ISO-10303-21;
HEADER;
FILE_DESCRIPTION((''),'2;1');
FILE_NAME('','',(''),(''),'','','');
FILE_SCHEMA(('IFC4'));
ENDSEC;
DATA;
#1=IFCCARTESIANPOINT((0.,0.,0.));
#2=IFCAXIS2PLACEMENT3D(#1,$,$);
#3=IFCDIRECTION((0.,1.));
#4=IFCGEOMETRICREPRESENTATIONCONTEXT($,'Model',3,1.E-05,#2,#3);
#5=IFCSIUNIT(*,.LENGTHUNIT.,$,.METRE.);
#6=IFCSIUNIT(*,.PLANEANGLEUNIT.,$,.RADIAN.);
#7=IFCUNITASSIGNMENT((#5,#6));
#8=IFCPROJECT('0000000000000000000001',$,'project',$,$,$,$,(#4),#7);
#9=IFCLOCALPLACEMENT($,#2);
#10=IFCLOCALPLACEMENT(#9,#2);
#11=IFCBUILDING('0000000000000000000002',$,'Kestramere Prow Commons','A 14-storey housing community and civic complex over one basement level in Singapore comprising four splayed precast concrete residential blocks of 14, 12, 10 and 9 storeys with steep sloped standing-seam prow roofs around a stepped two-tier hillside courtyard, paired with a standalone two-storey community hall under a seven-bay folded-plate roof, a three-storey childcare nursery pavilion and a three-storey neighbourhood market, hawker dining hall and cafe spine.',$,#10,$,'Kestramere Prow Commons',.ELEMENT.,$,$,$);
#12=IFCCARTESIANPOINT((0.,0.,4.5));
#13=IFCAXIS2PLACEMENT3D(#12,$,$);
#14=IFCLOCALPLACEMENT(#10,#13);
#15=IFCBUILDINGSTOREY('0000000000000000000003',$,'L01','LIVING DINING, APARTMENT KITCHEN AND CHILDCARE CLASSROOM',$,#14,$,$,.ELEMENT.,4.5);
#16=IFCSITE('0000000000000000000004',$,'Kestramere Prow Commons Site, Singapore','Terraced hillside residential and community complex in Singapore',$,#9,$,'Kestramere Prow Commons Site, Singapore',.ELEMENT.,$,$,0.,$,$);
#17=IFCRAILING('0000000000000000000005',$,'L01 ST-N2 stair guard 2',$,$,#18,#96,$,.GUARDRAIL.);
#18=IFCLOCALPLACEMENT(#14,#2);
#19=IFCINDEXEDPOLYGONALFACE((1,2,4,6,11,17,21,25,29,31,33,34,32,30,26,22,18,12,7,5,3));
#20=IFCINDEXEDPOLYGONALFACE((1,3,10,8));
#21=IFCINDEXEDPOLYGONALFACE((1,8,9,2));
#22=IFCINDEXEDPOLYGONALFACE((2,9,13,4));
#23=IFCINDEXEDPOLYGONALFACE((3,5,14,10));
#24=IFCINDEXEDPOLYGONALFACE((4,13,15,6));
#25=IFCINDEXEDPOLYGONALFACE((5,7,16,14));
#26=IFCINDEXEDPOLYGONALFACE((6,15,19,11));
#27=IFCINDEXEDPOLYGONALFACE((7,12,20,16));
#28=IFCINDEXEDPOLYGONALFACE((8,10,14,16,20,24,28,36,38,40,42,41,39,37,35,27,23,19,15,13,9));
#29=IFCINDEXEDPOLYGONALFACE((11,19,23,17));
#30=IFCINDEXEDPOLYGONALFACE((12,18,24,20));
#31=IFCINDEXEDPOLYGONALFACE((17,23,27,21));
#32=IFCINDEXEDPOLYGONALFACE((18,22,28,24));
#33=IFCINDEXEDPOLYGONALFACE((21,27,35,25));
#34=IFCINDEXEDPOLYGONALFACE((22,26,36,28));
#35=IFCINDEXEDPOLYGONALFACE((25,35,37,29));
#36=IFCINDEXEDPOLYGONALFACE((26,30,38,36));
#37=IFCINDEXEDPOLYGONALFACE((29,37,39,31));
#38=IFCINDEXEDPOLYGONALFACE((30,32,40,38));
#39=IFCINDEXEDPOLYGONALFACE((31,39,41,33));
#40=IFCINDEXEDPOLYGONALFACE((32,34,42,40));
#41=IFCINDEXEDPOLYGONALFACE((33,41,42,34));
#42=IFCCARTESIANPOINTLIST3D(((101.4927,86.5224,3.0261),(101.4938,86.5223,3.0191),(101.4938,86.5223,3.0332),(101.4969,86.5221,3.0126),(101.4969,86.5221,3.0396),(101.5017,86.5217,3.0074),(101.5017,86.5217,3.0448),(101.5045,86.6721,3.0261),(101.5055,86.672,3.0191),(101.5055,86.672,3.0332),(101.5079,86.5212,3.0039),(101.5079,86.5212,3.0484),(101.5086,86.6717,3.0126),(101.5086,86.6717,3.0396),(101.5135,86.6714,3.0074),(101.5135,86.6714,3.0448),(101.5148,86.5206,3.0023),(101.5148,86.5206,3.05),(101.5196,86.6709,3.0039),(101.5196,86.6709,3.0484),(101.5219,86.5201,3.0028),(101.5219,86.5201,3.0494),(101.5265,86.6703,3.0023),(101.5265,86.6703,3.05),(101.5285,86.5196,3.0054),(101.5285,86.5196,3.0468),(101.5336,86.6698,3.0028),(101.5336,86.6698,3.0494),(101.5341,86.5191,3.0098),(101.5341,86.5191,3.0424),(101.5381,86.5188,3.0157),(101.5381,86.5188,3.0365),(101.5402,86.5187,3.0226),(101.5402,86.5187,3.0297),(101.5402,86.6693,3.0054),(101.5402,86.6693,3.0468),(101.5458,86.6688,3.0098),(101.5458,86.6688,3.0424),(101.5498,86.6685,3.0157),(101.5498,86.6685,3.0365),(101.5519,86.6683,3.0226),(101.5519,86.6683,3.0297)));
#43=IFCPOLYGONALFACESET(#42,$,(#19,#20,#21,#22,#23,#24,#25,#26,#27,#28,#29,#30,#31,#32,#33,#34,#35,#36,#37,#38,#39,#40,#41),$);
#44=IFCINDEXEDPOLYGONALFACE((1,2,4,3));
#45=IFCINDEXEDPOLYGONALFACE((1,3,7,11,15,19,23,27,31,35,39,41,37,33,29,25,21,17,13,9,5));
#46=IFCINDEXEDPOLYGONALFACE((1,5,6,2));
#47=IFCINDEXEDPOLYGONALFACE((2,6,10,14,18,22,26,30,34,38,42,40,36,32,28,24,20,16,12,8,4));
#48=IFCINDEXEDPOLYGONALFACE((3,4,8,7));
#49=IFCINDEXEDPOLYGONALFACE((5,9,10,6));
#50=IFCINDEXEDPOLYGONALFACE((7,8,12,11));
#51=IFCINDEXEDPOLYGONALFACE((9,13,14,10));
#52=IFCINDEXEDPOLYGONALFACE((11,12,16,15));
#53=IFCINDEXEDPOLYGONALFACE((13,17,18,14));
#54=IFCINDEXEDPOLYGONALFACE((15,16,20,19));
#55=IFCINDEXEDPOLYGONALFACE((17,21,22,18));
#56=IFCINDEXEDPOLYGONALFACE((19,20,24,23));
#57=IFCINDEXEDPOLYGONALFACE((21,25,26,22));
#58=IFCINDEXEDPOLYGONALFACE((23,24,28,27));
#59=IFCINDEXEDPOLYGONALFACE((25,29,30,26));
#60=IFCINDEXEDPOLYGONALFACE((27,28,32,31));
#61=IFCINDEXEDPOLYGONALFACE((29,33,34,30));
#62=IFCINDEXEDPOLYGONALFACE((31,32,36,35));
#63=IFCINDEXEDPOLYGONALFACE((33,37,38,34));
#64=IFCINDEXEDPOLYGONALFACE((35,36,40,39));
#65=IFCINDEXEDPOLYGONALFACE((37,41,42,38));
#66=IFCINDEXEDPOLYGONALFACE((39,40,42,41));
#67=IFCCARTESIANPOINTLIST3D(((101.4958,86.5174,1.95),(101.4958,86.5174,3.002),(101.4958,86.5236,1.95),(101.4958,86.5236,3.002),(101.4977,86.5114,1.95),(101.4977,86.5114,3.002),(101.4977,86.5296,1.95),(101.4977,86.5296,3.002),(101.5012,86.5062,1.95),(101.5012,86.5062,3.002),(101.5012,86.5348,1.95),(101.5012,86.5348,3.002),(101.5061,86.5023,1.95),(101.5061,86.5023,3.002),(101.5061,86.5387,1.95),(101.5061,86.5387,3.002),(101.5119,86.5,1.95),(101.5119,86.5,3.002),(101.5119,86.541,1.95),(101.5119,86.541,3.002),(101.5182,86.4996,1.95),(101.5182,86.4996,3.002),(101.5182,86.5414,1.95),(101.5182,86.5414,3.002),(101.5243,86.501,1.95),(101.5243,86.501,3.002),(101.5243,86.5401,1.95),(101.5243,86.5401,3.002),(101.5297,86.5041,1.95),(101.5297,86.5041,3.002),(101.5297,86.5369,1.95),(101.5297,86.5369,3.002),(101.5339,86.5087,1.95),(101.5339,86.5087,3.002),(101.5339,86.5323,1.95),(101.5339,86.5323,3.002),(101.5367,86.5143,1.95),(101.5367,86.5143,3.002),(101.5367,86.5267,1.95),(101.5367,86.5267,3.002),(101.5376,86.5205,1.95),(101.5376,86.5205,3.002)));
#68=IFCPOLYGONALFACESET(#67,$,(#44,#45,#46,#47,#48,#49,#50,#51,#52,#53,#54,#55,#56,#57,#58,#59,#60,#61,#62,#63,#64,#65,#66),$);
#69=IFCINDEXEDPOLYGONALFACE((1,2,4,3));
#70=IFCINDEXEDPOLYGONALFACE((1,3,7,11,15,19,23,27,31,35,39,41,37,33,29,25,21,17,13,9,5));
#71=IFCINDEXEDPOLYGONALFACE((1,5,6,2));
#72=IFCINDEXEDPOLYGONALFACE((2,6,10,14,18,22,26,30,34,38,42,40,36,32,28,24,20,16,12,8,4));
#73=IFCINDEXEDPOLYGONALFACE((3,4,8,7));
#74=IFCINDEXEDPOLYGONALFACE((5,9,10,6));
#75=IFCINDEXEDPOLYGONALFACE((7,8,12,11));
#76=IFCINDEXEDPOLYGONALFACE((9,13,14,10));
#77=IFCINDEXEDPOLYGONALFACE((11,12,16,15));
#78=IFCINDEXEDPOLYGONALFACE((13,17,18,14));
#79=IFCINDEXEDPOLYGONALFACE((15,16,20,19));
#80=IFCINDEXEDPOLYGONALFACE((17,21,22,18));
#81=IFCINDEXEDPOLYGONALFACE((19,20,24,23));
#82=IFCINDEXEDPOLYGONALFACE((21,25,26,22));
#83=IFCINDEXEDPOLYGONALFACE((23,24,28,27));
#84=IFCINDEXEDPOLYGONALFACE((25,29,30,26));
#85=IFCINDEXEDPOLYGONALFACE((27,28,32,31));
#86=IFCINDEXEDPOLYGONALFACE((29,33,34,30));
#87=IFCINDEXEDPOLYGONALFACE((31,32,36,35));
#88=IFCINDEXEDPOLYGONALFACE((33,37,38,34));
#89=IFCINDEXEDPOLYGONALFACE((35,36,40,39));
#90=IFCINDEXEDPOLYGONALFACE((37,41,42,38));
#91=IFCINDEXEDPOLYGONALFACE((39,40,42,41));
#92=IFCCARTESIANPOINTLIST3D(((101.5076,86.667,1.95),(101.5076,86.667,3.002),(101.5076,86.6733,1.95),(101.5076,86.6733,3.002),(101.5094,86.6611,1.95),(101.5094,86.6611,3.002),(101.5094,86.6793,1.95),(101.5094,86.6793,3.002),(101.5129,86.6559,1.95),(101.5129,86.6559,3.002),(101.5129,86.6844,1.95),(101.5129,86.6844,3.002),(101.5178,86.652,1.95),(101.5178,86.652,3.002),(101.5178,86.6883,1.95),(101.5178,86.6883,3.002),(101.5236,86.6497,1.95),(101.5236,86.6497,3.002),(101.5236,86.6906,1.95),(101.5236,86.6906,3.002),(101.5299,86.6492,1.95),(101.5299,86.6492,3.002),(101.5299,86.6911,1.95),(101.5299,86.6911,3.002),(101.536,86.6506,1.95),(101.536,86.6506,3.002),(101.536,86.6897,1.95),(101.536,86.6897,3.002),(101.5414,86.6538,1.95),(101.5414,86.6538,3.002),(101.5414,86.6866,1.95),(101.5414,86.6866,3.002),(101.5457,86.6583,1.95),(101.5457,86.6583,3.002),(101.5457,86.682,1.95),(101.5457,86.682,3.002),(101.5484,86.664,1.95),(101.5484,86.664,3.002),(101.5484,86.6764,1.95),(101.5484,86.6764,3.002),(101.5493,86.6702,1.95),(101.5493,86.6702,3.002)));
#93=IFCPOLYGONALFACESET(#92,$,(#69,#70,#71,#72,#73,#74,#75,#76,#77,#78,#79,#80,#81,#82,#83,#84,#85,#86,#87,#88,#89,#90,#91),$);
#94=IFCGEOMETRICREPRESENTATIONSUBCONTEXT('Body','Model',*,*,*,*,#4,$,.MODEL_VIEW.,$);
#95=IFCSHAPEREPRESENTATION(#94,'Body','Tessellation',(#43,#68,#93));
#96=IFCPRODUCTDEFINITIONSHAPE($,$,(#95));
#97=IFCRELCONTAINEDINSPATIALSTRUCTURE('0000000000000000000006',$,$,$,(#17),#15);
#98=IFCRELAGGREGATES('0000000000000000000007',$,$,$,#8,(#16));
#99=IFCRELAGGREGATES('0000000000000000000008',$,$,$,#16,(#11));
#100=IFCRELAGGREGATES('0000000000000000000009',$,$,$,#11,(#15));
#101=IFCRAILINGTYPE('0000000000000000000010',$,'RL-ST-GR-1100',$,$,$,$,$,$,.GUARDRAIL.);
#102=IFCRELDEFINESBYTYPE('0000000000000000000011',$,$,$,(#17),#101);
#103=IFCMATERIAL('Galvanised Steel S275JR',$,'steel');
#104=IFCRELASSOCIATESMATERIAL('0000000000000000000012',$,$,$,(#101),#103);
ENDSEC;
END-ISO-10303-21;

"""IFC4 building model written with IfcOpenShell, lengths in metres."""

from ifc_helpers import new_model, si_unit, direction, frame, origin, origin_2d, place, context, subcontext, project, spatial, circle, extrude, material, type_object, element, save


model = new_model("IFC4")

# Units and contexts
model_context = context("Model", 3, precision=1e-05, world=origin(), true_north=direction((0.0, 1.0)))
body_context = subcontext(model_context, "Body", "Model", "MODEL_VIEW")
ifc_project = project(units=[si_unit("LENGTHUNIT", "METRE"), si_unit("PLANEANGLEUNIT", "RADIAN")], contexts=[model_context])

# Site, building, storey
site_placement = place(None, origin())
site = spatial("IfcSite", under=ifc_project, at=site_placement, Name="Kestramere Prow Commons Site, Singapore", Description="Terraced hillside residential and community complex in Singapore", LongName="Kestramere Prow Commons Site, Singapore", CompositionType="ELEMENT", RefElevation=0.0)
building_placement = place(site_placement, origin())
building = spatial("IfcBuilding", under=site, at=building_placement, Name="Kestramere Prow Commons", Description="A 14-storey housing community and civic complex over one basement level in Singapore comprising four splayed precast concrete residential blocks of 14, 12, 10 and 9 storeys with steep sloped standing-seam prow roofs around a stepped two-tier hillside courtyard, paired with a standalone two-storey community hall under a seven-bay folded-plate roof, a three-storey childcare nursery pavilion and a three-storey neighbourhood market, hawker dining hall and cafe spine.", LongName="Kestramere Prow Commons", CompositionType="ELEMENT")
storey_placement = place(building_placement, frame((0.0, 0.0, 4.5)))
storey = spatial("IfcBuildingStorey", under=building, at=storey_placement, Name="L01", Description="LIVING DINING, APARTMENT KITCHEN AND CHILDCARE CLASSROOM", CompositionType="ELEMENT", Elevation=4.5)

# Railing
ifc_material_1 = material(Name="Galvanised Steel S275JR", Category="steel")
railing_type_1 = type_object("IfcRailingType", Name="RL-ST-GR-1100", PredefinedType="GUARDRAIL", material=ifc_material_1)
railing_1_placement = place(storey_placement, frame((101.5166, 86.5205, 1.95)))
element("IfcRailing", 1, at=railing_1_placement, inside=storey, type_object=railing_type_1, Name="L01 ST-N2 stair guard 2", PredefinedType="GUARDRAIL", context=body_context, shape_type="SweptSolid", body=[
    extrude(circle(Radius=0.0239, at=origin_2d()), frame((0.0, 0.0, 1.0762), z_axis=(0.078064, 0.996948, 0.0), x_axis=(-0.996948, 0.078064, 0.0)), (0.0, 0.0, 1.0), 0.1501),
    extrude(circle(Radius=0.021, at=origin_2d()), origin(), (0.0, 0.0, 1.0), 1.052),
    extrude(circle(Radius=0.021, at=origin_2d()), frame((0.0117, 0.1497, 0.0)), (0.0, 0.0, 1.0), 1.052),
])

save(model, "model.ifc")
